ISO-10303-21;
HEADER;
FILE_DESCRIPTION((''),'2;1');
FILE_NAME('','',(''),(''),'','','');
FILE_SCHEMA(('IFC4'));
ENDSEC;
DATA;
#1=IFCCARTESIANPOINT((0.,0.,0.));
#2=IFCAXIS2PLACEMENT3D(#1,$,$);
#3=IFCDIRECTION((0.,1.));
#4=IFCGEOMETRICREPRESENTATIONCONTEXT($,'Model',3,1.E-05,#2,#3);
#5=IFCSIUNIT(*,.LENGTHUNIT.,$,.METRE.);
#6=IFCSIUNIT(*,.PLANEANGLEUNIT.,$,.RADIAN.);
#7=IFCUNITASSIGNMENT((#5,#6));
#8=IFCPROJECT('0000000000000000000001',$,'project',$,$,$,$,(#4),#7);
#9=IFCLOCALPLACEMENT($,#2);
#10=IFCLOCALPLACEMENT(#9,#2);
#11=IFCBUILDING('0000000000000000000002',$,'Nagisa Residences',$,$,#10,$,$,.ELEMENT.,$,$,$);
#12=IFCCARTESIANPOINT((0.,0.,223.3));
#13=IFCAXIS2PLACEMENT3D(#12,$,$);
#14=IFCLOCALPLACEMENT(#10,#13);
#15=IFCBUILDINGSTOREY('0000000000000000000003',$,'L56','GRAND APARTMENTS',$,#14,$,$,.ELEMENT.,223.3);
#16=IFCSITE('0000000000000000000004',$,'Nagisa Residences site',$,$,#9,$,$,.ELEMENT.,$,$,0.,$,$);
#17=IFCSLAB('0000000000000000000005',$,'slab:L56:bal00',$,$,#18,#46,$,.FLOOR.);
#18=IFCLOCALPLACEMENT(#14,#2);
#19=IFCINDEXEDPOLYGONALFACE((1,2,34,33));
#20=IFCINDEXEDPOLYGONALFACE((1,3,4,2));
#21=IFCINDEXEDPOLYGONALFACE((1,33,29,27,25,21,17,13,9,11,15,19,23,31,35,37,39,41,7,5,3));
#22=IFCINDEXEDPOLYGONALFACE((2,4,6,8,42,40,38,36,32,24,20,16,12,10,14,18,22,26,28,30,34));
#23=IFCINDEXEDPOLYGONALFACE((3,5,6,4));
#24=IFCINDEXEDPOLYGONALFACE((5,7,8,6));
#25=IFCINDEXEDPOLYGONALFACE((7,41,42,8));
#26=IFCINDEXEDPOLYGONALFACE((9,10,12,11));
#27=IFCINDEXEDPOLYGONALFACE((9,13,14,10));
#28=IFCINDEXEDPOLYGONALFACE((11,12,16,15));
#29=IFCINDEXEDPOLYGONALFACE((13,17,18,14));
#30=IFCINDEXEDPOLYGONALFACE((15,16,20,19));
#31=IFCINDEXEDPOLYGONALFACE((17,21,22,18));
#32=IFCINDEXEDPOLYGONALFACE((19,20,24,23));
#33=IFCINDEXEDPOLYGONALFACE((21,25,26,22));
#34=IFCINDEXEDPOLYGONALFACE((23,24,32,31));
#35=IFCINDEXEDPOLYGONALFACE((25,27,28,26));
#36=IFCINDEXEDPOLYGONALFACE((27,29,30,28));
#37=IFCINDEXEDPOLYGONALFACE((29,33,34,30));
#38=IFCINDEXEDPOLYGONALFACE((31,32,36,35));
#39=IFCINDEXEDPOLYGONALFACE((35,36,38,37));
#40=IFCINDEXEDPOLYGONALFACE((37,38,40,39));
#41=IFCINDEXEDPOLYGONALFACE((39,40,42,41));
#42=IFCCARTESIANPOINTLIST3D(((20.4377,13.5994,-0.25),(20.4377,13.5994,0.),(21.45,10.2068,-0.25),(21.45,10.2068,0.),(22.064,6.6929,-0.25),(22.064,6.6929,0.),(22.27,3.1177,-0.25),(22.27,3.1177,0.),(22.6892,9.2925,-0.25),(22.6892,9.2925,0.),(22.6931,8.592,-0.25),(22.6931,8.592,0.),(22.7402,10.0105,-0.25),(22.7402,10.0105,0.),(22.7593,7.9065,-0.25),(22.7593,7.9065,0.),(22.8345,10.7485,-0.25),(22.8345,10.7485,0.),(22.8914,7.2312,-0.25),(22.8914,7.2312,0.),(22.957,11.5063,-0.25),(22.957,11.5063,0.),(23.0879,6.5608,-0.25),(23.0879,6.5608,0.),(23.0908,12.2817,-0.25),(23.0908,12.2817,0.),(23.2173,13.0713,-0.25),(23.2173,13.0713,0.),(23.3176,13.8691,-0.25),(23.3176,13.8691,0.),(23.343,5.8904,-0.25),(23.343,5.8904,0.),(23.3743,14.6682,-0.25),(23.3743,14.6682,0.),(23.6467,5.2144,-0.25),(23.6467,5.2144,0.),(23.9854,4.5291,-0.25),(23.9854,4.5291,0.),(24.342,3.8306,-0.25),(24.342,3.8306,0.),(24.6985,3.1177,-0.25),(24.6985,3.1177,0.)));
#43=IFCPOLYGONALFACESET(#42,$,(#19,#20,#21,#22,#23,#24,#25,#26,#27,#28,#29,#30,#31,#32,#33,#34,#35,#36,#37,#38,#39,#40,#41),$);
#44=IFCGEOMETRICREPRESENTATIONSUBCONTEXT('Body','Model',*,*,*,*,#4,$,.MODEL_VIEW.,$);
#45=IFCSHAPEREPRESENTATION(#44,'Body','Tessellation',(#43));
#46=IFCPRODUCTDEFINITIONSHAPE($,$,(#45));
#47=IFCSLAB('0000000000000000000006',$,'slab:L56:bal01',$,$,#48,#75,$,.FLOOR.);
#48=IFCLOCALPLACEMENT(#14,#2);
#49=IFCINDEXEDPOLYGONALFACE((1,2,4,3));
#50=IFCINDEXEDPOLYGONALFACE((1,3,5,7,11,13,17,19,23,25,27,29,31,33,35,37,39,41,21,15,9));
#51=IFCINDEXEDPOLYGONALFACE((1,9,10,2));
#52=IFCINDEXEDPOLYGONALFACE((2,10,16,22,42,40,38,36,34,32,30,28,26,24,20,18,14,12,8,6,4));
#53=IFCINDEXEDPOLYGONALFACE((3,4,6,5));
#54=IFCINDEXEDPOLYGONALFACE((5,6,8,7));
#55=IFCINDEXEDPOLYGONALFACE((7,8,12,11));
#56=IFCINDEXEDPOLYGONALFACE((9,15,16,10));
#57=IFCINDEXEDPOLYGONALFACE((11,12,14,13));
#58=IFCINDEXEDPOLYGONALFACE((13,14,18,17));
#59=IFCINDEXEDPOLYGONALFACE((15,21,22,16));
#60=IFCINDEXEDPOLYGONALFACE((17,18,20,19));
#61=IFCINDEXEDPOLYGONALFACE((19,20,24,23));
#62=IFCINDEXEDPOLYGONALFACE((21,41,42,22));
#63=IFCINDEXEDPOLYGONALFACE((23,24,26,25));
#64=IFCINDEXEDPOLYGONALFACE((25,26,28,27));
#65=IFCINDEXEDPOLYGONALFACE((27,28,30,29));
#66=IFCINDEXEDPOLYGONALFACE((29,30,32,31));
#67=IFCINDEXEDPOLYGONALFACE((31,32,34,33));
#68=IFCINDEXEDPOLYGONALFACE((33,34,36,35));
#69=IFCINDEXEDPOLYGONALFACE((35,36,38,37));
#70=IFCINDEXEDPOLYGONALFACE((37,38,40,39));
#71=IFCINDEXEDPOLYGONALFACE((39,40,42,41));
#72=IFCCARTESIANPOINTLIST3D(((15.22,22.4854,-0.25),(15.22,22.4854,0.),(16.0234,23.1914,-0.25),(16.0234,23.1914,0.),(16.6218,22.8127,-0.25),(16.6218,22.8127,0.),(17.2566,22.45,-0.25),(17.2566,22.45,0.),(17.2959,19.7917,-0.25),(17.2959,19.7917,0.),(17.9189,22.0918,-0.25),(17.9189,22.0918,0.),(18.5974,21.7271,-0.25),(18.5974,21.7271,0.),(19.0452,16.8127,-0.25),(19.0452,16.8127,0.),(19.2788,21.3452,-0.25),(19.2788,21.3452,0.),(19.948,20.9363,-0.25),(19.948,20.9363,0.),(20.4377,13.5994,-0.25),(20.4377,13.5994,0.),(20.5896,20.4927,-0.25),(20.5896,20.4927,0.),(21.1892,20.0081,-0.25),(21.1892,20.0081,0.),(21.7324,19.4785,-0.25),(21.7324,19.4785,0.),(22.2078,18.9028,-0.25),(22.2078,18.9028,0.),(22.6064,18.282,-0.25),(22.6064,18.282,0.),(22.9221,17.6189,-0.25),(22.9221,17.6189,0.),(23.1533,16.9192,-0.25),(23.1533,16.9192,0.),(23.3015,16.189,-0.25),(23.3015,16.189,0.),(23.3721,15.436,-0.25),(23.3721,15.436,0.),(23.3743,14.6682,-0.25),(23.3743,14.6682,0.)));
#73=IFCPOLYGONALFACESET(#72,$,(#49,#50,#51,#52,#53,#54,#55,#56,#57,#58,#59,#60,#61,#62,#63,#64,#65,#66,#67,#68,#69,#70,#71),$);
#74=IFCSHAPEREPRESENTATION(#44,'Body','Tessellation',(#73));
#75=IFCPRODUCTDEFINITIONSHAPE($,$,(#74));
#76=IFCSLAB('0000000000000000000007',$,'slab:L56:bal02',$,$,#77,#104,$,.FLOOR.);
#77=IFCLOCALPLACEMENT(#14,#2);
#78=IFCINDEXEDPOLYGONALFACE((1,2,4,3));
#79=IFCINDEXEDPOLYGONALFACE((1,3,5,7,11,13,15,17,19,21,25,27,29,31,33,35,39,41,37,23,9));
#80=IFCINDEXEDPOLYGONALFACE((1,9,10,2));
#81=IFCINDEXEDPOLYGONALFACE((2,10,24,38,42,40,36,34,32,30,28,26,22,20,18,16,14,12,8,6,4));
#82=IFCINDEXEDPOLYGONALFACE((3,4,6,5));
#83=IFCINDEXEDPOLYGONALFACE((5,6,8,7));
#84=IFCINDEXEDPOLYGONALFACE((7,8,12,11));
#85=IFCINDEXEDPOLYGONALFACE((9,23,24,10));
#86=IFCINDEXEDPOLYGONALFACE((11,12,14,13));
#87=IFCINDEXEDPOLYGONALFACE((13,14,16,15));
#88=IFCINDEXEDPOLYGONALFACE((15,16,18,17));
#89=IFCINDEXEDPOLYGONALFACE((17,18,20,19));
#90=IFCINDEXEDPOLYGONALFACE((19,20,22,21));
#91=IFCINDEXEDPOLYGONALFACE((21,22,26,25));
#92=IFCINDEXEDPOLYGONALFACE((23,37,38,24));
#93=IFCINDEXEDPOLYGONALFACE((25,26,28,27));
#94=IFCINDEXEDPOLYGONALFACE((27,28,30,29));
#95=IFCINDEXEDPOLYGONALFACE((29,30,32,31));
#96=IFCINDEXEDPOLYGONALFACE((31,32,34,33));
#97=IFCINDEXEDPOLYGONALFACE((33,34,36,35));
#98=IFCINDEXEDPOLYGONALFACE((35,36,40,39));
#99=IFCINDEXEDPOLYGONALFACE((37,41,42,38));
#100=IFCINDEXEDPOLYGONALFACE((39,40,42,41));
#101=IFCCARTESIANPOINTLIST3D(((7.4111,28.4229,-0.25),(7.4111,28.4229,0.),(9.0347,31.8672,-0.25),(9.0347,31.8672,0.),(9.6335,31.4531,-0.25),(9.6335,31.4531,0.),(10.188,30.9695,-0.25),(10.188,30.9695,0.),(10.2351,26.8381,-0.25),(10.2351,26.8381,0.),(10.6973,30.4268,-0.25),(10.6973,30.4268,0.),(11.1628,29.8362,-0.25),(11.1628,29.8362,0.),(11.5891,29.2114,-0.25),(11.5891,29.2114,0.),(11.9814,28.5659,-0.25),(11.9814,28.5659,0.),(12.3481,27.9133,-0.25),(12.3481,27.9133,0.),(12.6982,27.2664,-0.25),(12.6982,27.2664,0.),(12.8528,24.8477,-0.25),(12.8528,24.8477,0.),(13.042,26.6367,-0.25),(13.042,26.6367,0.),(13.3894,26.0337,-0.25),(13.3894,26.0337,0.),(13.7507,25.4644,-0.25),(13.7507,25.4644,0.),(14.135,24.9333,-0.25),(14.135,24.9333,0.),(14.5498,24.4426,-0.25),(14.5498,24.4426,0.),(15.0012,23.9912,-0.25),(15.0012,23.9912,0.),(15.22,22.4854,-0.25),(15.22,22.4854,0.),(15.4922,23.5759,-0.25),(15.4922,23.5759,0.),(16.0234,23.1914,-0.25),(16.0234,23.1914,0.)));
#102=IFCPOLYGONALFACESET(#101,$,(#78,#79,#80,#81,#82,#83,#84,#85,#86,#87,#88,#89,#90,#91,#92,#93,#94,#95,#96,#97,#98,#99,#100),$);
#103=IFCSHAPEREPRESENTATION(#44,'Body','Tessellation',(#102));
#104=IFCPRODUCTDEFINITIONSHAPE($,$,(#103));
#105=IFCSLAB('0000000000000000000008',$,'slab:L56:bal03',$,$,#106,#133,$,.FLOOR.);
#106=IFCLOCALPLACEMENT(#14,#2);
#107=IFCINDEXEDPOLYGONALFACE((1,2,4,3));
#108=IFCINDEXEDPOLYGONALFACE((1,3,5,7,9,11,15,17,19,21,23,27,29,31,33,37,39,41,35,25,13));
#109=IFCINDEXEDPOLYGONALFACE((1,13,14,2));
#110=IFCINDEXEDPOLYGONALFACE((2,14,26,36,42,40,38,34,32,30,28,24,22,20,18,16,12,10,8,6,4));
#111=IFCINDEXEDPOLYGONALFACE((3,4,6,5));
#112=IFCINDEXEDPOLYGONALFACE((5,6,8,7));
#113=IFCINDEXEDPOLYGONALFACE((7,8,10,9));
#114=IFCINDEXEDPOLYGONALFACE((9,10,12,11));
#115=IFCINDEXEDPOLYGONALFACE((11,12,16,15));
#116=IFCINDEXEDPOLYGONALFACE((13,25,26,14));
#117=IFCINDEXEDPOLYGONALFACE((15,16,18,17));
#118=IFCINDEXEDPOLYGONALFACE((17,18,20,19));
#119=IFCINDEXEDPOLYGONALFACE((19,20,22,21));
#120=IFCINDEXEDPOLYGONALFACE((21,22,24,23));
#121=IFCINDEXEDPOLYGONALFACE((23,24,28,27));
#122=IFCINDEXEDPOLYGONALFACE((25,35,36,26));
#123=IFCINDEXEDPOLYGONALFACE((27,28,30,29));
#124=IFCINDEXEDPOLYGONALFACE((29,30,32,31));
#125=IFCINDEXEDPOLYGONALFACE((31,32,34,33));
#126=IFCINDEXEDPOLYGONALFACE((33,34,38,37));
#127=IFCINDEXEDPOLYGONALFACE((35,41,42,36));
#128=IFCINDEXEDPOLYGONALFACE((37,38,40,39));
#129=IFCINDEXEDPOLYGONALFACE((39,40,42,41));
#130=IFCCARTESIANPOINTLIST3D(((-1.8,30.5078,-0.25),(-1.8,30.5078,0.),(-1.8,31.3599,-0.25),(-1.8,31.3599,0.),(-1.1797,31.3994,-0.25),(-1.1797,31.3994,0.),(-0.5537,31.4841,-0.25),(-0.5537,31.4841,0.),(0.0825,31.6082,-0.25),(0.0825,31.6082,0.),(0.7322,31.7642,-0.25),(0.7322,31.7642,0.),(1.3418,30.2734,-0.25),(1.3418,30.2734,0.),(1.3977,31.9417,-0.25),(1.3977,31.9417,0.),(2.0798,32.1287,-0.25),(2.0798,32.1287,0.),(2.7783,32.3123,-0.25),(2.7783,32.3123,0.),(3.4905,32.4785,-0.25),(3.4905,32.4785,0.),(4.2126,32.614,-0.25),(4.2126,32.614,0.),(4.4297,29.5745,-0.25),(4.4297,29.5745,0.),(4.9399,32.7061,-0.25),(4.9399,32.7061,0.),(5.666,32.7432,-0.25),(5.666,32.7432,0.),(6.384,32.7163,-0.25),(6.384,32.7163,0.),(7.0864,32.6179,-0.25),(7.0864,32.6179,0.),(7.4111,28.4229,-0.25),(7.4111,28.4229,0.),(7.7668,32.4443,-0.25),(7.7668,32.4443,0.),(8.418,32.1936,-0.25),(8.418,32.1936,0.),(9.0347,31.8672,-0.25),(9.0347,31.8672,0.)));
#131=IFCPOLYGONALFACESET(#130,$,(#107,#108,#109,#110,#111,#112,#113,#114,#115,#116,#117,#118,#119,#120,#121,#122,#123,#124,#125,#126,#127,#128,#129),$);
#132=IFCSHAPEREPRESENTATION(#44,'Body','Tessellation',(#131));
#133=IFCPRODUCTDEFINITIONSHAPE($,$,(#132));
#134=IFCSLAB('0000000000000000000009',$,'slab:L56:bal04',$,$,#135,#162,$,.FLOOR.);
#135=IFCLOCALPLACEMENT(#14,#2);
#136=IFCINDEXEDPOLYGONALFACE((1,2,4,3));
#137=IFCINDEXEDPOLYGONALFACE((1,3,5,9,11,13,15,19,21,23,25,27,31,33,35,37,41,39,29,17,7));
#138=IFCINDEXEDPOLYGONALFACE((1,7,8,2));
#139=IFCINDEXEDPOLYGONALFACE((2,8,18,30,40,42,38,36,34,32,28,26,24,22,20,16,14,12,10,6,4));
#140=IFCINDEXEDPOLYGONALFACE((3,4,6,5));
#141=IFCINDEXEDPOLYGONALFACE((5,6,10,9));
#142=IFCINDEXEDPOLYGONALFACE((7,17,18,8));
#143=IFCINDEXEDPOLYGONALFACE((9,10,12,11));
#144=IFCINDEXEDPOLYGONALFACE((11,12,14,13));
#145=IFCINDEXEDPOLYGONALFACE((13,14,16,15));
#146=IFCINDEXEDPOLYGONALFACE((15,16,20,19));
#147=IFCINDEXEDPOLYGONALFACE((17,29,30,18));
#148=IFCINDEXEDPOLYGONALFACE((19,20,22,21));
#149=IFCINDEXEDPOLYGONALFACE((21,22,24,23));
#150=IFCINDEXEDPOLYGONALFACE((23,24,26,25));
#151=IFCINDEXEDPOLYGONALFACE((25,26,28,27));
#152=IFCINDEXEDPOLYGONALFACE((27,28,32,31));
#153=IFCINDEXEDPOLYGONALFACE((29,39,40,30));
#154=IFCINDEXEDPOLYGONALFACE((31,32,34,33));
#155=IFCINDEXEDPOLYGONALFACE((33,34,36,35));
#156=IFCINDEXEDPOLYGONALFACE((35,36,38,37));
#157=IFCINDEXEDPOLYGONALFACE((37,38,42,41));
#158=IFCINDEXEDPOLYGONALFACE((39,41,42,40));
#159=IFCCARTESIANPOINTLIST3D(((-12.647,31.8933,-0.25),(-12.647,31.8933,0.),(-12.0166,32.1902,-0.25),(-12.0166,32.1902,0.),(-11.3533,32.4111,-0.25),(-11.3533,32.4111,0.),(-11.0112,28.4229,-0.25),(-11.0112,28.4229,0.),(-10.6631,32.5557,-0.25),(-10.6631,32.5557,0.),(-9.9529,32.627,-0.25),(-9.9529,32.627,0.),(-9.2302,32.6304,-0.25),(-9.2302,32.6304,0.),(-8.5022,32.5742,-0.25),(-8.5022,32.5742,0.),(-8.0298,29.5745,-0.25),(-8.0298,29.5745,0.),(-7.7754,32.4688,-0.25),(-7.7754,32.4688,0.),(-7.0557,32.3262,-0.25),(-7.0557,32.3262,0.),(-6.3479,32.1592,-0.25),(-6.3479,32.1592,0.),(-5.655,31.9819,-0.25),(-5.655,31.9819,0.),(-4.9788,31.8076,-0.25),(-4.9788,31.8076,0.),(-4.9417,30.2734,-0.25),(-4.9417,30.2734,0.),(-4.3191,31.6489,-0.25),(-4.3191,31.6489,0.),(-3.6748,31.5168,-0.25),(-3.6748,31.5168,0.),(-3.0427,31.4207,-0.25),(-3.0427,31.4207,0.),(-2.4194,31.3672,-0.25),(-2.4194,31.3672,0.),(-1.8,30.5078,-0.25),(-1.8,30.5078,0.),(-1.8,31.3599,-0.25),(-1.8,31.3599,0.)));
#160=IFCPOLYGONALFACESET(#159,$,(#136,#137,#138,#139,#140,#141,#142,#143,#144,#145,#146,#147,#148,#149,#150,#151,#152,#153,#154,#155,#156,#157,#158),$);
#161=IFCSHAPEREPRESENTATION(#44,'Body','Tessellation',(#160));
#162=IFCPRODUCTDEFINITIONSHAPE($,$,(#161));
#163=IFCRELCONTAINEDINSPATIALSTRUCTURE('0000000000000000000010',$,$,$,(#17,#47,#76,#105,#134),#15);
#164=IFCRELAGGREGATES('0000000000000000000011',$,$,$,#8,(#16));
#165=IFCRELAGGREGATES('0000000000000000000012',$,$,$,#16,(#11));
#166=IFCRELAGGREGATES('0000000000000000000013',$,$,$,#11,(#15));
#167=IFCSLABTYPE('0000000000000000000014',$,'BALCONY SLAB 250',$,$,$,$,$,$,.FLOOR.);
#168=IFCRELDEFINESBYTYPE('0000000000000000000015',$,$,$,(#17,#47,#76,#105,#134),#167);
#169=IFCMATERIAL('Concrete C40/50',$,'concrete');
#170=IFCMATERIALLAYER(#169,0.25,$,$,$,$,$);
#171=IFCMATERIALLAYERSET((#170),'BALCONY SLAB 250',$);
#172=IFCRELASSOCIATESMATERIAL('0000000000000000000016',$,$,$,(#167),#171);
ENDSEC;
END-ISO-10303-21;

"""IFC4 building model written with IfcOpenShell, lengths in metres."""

from ifc_helpers import new_model, si_unit, direction, frame, origin, place, context, subcontext, project, spatial, polyline, outline, extrude, material, layer, layer_set, type_object, element, save


model = new_model("IFC4")

# Units and contexts
model_context = context("Model", 3, precision=1e-05, world=origin(), true_north=direction((0.0, 1.0)))
body_context = subcontext(model_context, "Body", "Model", "MODEL_VIEW")
ifc_project = project(units=[si_unit("LENGTHUNIT", "METRE"), si_unit("PLANEANGLEUNIT", "RADIAN")], contexts=[model_context])

# Site, building, storey
site_placement = place(None, origin())
site = spatial("IfcSite", under=ifc_project, at=site_placement, Name="Nagisa Residences site", CompositionType="ELEMENT", RefElevation=0.0)
building_placement = place(site_placement, origin())
building = spatial("IfcBuilding", under=site, at=building_placement, Name="Nagisa Residences", CompositionType="ELEMENT")
storey_placement = place(building_placement, frame((0.0, 0.0, 223.3)))
storey = spatial("IfcBuildingStorey", under=building, at=storey_placement, Name="L56", Description="GRAND APARTMENTS", CompositionType="ELEMENT", Elevation=223.3)

# Slabs
ifc_material_1 = material(Name="Concrete C40/50", Category="concrete")
ifc_layer_1 = layer(ifc_material_1, 0.25)
ifc_layer_set_1 = layer_set([ifc_layer_1], Name="BALCONY SLAB 250")
slab_type_1 = type_object("IfcSlabType", Name="BALCONY SLAB 250", PredefinedType="FLOOR", material=ifc_layer_set_1)
slab_1_placement = place(storey_placement, frame((0.0, 0.0, -0.25)))
element("IfcSlab", 1, at=slab_1_placement, inside=storey, type_object=slab_type_1, Name="slab:L56:bal00", PredefinedType="FLOOR", context=body_context, shape_type="SweptSolid", body=[
    extrude(outline(polyline([(24.6985, 3.1177), (24.342, 3.8306), (23.9854, 4.5291), (23.6467, 5.2144), (23.343, 5.8904), (23.0879, 6.5608), (22.8914, 7.2312), (22.7593, 7.9065), (22.6931, 8.592), (22.6892, 9.2925), (22.7402, 10.0105), (22.8345, 10.7485), (22.957, 11.5063), (23.0908, 12.2817), (23.2173, 13.0713), (23.3176, 13.8691), (23.3743, 14.6682), (20.4377, 13.5994), (21.45, 10.2068), (22.064, 6.6929), (22.27, 3.1177), (24.6985, 3.1177)])), origin(), (0.0, 0.0, 1.0), 0.25),
])
slab_2_placement = place(storey_placement, frame((0.0, 0.0, -0.25)))
element("IfcSlab", 2, at=slab_2_placement, inside=storey, type_object=slab_type_1, Name="slab:L56:bal01", PredefinedType="FLOOR", context=body_context, shape_type="SweptSolid", body=[
    extrude(outline(polyline([(23.3743, 14.6682), (23.3721, 15.436), (23.3015, 16.189), (23.1533, 16.9192), (22.9221, 17.6189), (22.6064, 18.282), (22.2078, 18.9028), (21.7324, 19.4785), (21.1892, 20.0081), (20.5896, 20.4927), (19.948, 20.9363), (19.2788, 21.3452), (18.5974, 21.7271), (17.9189, 22.0918), (17.2566, 22.45), (16.6218, 22.8127), (16.0234, 23.1914), (15.22, 22.4854), (17.2959, 19.7917), (19.0452, 16.8127), (20.4377, 13.5994), (23.3743, 14.6682)])), origin(), (0.0, 0.0, 1.0), 0.25),
])
slab_3_placement = place(storey_placement, frame((0.0, 0.0, -0.25)))
element("IfcSlab", 3, at=slab_3_placement, inside=storey, type_object=slab_type_1, Name="slab:L56:bal02", PredefinedType="FLOOR", context=body_context, shape_type="SweptSolid", body=[
    extrude(outline(polyline([(16.0234, 23.1914), (15.4922, 23.5759), (15.0012, 23.9912), (14.5498, 24.4426), (14.135, 24.9333), (13.7507, 25.4644), (13.3894, 26.0337), (13.042, 26.6367), (12.6982, 27.2664), (12.3481, 27.9133), (11.9814, 28.5659), (11.5891, 29.2114), (11.1628, 29.8362), (10.6973, 30.4268), (10.188, 30.9695), (9.6335, 31.4531), (9.0347, 31.8672), (7.4111, 28.4229), (10.2351, 26.8381), (12.8528, 24.8477), (15.22, 22.4854), (16.0234, 23.1914)])), origin(), (0.0, 0.0, 1.0), 0.25),
])
slab_4_placement = place(storey_placement, frame((0.0, 0.0, -0.25)))
element("IfcSlab", 4, at=slab_4_placement, inside=storey, type_object=slab_type_1, Name="slab:L56:bal03", PredefinedType="FLOOR", context=body_context, shape_type="SweptSolid", body=[
    extrude(outline(polyline([(9.0347, 31.8672), (8.418, 32.1936), (7.7668, 32.4443), (7.0864, 32.6179), (6.384, 32.7163), (5.666, 32.7432), (4.9399, 32.7061), (4.2126, 32.614), (3.4905, 32.4785), (2.7783, 32.3123), (2.0798, 32.1287), (1.3977, 31.9417), (0.7322, 31.7642), (0.0825, 31.6082), (-0.5537, 31.4841), (-1.1797, 31.3994), (-1.8, 31.3599), (-1.8, 30.5078), (1.3418, 30.2734), (4.4297, 29.5745), (7.4111, 28.4229), (9.0347, 31.8672)])), origin(), (0.0, 0.0, 1.0), 0.25),
])
slab_5_placement = place(storey_placement, frame((0.0, 0.0, -0.25)))
element("IfcSlab", 5, at=slab_5_placement, inside=storey, type_object=slab_type_1, Name="slab:L56:bal04", PredefinedType="FLOOR", context=body_context, shape_type="SweptSolid", body=[
    extrude(outline(polyline([(-1.8, 31.3599), (-2.4194, 31.3672), (-3.0427, 31.4207), (-3.6748, 31.5168), (-4.3191, 31.6489), (-4.9788, 31.8076), (-5.655, 31.9819), (-6.3479, 32.1592), (-7.0557, 32.3262), (-7.7754, 32.4688), (-8.5022, 32.5742), (-9.2302, 32.6304), (-9.9529, 32.627), (-10.6631, 32.5557), (-11.3533, 32.4111), (-12.0166, 32.1902), (-12.647, 31.8933), (-11.0112, 28.4229), (-8.0298, 29.5745), (-4.9417, 30.2734), (-1.8, 30.5078), (-1.8, 31.3599)])), origin(), (0.0, 0.0, 1.0), 0.25),
])

save(model, "model.ifc")
